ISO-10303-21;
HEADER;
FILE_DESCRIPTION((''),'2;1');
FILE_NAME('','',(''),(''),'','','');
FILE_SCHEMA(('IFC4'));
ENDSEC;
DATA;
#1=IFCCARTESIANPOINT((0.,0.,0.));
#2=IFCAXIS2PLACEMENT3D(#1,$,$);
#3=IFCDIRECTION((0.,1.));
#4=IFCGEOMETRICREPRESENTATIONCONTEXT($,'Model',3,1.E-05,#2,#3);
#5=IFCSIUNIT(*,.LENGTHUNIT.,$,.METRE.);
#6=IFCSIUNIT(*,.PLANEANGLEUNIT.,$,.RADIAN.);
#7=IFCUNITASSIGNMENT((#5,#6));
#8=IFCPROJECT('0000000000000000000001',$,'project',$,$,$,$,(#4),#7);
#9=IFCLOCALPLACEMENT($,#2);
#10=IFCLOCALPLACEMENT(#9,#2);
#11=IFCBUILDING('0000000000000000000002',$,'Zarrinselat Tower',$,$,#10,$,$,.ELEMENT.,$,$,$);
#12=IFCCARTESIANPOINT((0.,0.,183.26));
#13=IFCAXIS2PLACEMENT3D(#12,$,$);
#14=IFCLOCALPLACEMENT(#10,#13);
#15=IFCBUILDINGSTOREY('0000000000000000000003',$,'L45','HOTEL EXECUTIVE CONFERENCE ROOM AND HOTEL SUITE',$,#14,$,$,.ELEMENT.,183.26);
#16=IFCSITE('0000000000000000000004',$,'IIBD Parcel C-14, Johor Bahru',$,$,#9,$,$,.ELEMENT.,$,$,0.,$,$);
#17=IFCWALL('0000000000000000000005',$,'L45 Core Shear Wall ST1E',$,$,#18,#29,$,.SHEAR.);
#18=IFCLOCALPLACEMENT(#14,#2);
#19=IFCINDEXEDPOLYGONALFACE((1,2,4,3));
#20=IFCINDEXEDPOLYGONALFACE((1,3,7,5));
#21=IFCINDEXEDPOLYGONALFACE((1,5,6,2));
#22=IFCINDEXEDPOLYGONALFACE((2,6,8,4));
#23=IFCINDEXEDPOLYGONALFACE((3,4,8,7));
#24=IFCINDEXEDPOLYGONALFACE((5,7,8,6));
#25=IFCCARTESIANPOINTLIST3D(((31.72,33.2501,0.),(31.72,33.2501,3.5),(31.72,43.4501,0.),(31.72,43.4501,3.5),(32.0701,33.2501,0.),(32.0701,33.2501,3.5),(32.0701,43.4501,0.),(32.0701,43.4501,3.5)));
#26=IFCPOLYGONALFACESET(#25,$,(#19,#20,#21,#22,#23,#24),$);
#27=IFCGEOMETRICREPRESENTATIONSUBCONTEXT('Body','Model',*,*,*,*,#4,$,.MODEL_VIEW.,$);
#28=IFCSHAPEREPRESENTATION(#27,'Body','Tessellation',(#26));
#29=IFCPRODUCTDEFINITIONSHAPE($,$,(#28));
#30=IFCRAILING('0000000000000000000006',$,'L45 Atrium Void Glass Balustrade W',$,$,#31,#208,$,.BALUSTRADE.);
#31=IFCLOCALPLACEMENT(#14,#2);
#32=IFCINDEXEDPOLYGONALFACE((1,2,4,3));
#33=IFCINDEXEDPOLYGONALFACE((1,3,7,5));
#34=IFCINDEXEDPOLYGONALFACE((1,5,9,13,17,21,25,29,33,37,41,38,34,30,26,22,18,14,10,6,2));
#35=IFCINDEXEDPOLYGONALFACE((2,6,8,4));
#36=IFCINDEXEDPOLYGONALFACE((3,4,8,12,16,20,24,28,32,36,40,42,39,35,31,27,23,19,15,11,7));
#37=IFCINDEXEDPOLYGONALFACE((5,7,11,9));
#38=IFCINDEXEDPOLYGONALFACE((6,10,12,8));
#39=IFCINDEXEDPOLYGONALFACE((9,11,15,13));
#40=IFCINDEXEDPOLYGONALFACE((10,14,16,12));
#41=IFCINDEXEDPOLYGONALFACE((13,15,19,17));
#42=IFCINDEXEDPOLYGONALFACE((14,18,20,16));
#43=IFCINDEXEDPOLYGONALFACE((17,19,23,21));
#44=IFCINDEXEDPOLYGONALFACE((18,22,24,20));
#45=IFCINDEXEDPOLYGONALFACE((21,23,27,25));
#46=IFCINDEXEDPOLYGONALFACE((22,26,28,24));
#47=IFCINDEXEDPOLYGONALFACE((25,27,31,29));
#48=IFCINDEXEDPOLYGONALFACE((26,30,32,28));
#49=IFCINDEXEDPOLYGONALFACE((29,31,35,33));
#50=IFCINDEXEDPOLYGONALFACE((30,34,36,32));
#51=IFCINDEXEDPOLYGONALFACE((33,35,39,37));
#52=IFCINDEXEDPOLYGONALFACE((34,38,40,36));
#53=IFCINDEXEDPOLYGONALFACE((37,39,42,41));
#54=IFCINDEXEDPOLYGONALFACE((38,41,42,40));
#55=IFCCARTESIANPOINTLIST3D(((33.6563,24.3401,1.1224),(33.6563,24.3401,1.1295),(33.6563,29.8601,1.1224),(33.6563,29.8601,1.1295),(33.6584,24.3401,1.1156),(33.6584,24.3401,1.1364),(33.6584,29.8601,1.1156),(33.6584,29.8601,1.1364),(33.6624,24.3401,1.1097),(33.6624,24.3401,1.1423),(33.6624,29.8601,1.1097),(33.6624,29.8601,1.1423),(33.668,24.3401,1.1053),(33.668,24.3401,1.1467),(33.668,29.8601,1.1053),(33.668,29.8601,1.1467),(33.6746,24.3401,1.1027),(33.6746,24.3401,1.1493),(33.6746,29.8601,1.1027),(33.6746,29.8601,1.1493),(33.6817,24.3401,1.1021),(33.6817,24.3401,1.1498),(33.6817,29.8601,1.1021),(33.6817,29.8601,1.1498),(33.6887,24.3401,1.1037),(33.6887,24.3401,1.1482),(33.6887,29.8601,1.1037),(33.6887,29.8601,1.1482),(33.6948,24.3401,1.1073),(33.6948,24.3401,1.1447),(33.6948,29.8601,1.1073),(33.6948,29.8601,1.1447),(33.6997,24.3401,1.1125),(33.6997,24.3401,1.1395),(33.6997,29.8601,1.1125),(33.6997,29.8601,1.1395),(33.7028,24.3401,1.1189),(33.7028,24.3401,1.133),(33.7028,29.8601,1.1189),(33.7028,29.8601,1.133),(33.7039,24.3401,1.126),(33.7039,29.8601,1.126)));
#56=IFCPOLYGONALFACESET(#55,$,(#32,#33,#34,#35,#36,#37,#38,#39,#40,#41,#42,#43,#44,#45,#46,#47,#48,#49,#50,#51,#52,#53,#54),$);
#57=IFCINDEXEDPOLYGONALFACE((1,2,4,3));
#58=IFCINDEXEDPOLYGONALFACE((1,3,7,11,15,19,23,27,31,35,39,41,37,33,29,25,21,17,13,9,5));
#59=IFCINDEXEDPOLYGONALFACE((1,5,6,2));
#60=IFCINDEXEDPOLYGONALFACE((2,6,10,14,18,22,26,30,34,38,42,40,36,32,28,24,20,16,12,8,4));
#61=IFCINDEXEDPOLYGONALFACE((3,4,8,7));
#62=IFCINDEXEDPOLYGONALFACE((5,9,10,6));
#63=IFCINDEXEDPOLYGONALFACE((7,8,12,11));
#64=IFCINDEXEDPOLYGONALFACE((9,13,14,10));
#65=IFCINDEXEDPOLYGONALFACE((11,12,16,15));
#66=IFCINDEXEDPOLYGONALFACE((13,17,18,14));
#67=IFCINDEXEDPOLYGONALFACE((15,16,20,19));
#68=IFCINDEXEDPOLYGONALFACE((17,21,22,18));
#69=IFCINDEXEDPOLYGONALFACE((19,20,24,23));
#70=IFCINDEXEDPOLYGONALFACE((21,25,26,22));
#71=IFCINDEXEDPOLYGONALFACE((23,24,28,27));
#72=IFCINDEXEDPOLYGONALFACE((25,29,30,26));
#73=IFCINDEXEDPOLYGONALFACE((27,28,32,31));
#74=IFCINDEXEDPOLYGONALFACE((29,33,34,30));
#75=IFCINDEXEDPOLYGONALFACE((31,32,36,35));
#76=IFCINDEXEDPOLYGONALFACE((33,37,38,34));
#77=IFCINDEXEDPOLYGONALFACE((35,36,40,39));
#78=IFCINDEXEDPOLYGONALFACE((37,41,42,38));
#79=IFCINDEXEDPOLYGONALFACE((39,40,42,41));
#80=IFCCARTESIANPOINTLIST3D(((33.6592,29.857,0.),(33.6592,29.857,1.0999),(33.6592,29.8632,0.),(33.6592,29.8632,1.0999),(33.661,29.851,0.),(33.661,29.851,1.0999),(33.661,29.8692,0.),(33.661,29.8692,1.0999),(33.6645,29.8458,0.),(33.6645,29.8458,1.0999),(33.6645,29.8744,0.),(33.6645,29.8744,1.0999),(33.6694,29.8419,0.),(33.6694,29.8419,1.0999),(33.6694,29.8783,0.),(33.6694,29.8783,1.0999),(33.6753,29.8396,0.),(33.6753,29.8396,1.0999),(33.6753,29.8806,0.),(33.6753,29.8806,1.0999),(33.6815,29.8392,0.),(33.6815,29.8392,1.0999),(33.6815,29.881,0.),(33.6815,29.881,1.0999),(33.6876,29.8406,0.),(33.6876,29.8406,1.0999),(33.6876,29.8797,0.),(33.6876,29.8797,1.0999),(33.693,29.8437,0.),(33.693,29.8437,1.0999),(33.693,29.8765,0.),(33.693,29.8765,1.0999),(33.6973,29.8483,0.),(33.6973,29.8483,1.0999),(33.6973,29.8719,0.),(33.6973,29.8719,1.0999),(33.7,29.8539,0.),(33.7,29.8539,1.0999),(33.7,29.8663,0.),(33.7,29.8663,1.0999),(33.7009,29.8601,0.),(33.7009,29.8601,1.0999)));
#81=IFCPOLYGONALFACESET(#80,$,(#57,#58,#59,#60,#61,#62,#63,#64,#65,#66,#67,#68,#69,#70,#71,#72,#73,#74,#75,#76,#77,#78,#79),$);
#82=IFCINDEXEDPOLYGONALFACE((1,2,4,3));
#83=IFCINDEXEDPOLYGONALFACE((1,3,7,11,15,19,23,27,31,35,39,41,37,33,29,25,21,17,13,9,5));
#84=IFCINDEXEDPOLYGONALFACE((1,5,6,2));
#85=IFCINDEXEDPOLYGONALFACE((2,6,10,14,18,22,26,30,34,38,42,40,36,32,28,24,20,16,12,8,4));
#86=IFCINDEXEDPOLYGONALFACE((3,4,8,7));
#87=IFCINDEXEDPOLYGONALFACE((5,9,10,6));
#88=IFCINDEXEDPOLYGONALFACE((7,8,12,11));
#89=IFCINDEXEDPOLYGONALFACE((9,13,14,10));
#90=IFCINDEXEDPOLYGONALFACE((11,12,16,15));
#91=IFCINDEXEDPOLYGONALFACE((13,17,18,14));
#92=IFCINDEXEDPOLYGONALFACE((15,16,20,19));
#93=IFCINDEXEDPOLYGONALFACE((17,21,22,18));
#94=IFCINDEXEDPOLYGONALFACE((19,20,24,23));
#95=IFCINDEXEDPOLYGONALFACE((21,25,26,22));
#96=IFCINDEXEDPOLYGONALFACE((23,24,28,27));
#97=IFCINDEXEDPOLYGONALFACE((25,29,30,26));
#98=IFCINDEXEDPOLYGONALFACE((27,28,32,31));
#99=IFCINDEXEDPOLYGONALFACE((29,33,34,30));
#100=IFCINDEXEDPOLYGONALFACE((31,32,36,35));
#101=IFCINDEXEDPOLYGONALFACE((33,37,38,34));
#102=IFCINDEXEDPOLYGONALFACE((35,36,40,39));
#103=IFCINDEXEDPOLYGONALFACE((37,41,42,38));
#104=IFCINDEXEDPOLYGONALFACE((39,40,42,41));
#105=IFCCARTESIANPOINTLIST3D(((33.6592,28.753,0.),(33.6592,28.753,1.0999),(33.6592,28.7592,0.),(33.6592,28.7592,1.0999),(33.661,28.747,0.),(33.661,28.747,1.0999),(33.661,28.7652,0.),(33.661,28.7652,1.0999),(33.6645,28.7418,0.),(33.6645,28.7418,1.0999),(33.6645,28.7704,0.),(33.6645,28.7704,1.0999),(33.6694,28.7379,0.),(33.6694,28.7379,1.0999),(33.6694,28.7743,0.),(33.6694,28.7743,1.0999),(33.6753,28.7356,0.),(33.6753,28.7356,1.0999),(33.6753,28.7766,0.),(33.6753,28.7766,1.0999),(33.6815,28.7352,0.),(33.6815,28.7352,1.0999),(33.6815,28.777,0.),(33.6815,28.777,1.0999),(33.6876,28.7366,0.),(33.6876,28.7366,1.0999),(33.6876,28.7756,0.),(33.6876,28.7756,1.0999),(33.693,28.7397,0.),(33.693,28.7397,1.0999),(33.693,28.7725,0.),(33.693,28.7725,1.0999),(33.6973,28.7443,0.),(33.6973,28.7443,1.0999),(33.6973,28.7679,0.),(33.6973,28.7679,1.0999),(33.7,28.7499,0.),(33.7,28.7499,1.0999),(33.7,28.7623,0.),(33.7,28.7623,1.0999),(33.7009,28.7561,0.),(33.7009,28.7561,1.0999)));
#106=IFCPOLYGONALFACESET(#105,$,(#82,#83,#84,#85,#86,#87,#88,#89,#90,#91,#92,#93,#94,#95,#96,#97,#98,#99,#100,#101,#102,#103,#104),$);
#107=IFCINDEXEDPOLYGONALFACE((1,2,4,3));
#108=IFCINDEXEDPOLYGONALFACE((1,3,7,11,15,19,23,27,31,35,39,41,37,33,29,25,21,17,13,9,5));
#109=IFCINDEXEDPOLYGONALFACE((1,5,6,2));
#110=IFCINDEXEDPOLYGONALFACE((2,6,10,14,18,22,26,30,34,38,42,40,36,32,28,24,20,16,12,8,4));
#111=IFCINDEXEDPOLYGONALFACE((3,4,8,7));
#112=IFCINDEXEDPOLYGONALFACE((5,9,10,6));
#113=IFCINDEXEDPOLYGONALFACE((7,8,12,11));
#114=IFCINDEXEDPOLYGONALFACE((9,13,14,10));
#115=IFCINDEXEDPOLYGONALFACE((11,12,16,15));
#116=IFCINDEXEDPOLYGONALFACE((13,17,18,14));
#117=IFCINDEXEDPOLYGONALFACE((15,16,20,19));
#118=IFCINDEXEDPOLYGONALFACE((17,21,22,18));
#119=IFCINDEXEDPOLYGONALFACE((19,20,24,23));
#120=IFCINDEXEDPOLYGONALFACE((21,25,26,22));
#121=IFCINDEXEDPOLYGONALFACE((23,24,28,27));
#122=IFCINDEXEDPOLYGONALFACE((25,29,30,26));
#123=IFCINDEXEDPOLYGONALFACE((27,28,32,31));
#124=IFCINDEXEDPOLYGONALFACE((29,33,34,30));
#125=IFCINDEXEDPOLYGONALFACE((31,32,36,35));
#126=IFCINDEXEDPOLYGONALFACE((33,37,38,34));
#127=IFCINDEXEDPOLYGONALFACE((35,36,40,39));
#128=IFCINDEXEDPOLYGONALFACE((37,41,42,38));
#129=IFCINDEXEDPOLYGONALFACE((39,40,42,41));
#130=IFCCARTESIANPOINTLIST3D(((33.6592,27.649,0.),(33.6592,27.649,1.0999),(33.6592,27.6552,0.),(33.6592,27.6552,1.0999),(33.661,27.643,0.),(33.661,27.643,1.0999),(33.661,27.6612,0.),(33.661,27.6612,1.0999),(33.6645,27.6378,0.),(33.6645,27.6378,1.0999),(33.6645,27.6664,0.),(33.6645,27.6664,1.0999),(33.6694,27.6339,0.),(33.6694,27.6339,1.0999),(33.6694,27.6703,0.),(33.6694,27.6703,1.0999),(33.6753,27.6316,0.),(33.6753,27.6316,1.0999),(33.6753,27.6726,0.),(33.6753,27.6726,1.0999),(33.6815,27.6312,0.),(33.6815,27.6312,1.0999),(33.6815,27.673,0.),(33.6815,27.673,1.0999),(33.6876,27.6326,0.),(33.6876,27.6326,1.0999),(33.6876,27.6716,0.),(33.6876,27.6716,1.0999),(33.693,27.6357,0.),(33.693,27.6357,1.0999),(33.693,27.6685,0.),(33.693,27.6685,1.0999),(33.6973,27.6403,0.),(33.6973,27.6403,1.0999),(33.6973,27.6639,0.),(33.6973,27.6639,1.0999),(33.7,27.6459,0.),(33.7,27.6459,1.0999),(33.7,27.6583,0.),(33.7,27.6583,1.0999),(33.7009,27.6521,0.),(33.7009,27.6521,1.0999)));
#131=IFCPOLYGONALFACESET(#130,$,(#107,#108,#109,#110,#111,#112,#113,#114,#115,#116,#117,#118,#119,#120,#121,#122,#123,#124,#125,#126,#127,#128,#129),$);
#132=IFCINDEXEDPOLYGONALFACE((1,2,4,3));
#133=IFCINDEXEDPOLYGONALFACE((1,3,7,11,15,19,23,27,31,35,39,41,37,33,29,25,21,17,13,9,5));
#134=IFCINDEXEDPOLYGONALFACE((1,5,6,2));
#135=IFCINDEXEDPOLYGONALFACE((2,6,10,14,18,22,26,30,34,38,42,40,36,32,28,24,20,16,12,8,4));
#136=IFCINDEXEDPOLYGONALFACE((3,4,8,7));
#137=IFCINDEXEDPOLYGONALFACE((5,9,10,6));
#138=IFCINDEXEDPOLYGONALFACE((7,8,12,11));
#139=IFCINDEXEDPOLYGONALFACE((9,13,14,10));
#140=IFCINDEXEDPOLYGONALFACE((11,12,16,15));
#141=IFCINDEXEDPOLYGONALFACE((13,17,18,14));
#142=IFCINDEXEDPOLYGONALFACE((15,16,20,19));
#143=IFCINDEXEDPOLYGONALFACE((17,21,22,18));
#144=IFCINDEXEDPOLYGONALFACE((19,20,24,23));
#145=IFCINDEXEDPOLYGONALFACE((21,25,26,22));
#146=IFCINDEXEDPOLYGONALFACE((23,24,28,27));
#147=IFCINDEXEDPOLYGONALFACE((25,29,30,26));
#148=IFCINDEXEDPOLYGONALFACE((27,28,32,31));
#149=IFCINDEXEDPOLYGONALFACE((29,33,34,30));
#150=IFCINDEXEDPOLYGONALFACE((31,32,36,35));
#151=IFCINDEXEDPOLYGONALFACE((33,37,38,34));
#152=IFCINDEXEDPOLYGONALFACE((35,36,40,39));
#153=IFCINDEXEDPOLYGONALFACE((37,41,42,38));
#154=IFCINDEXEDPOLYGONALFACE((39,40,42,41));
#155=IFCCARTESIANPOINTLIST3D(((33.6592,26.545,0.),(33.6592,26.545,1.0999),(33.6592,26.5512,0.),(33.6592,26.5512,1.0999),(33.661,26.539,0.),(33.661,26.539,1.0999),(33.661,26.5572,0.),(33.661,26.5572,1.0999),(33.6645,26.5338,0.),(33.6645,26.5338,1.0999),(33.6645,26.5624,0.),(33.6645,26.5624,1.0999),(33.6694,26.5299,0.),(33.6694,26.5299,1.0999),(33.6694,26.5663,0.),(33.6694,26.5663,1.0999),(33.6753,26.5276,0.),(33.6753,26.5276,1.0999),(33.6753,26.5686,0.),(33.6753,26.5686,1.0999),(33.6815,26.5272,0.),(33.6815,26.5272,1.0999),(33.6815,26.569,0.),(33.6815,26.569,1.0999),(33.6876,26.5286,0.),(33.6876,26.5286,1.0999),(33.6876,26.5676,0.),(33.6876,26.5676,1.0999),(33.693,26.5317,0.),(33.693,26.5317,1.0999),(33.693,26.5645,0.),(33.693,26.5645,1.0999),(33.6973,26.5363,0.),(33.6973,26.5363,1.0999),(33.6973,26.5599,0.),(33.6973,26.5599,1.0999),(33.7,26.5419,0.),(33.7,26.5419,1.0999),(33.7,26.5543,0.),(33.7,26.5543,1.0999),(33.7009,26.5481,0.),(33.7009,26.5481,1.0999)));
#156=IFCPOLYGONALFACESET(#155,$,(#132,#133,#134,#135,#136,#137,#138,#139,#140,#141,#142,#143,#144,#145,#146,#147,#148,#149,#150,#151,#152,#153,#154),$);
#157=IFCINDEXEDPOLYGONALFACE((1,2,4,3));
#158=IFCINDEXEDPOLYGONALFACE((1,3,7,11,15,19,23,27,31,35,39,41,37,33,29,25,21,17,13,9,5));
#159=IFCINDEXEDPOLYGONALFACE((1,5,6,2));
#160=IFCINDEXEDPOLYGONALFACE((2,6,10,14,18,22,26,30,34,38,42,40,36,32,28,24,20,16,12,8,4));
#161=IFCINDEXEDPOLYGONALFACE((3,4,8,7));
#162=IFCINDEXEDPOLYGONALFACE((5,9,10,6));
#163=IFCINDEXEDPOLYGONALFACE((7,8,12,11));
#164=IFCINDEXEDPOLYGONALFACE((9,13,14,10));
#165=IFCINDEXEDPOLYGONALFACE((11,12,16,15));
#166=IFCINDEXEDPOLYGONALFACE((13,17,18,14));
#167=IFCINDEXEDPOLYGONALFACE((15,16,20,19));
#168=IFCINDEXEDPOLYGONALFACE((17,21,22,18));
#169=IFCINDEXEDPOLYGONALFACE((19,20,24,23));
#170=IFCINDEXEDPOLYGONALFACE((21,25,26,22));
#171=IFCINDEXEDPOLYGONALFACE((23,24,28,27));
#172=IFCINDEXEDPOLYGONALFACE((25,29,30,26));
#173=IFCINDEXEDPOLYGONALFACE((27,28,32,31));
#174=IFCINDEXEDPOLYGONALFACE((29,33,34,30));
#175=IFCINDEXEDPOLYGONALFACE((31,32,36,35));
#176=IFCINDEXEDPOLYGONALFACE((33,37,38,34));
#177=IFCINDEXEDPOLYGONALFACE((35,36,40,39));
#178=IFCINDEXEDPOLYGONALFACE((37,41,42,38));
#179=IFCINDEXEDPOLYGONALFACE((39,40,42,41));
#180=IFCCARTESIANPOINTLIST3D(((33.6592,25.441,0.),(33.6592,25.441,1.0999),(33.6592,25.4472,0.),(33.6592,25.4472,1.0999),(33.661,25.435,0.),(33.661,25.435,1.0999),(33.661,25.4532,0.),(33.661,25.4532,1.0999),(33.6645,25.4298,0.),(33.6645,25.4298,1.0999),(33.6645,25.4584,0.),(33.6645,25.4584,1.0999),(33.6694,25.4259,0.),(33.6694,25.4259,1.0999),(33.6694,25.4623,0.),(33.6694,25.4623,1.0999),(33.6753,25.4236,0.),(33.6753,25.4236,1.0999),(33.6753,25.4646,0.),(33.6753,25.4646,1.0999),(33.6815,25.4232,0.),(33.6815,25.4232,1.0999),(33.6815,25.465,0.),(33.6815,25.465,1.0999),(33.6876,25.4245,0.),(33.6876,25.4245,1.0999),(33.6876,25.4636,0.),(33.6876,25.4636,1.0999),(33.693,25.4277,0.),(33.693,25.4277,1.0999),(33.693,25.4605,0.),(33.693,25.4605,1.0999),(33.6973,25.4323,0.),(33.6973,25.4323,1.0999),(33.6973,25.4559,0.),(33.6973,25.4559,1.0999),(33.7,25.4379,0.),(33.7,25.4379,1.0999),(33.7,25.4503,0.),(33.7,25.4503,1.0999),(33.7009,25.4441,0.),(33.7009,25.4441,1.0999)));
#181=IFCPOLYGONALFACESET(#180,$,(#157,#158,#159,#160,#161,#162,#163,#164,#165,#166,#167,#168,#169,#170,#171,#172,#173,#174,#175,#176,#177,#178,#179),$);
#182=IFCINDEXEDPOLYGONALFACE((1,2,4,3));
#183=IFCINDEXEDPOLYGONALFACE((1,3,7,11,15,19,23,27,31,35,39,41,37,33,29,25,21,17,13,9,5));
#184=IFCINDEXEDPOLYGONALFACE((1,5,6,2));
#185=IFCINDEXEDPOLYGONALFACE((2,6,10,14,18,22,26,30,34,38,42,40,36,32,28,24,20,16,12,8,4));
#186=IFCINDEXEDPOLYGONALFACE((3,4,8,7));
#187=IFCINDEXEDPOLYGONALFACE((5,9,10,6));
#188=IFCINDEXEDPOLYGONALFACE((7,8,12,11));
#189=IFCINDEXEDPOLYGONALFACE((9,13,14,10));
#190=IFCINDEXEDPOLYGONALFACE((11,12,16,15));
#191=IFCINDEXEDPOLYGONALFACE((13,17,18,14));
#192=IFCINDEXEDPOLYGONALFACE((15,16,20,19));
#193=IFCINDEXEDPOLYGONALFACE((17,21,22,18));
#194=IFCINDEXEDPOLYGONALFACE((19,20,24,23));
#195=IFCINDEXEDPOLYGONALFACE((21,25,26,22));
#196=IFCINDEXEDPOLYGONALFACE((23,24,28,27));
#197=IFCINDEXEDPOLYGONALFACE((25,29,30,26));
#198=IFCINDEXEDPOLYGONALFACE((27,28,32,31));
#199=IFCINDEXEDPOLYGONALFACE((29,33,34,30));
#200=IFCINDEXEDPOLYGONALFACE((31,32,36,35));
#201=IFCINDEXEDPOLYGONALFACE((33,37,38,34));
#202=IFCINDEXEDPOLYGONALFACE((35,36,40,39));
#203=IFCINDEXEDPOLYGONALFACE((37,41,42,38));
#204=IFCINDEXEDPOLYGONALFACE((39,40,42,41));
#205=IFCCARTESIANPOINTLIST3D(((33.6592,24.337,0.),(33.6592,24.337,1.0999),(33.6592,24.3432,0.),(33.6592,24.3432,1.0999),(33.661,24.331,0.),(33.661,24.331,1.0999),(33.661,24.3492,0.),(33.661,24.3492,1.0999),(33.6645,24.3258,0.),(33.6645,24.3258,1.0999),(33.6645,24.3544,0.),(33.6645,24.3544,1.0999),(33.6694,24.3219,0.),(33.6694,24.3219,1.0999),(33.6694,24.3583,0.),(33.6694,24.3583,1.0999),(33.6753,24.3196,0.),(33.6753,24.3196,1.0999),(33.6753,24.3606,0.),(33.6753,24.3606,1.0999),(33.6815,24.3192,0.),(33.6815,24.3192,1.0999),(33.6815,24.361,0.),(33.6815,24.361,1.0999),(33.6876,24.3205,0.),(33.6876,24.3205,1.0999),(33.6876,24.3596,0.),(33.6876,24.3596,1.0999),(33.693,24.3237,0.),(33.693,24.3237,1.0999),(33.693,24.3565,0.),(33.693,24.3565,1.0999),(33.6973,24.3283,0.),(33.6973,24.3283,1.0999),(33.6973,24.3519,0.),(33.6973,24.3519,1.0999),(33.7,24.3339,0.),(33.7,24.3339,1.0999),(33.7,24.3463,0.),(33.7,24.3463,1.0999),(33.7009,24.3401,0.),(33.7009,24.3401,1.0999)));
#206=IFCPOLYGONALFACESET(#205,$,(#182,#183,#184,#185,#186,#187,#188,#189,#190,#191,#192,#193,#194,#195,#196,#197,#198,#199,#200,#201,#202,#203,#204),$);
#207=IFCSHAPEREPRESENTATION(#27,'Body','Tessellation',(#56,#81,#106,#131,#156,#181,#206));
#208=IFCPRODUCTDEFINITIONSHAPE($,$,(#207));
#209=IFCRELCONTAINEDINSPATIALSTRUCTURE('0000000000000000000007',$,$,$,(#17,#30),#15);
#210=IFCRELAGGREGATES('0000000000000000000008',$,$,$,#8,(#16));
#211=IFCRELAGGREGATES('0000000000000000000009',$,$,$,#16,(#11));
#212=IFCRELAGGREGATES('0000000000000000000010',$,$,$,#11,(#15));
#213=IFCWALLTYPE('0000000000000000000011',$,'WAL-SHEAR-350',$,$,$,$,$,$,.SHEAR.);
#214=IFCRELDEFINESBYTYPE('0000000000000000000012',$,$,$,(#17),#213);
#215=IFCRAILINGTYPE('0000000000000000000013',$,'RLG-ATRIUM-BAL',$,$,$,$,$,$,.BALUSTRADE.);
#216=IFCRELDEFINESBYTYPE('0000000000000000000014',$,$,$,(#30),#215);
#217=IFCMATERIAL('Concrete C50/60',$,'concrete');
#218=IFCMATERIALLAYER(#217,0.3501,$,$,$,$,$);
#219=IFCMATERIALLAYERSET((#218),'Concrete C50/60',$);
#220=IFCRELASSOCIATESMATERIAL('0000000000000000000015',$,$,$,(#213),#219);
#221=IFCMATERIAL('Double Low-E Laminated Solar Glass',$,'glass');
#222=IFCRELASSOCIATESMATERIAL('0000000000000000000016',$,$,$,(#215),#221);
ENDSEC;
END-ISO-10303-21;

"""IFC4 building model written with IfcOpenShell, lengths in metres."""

from ifc_helpers import new_model, si_unit, direction, frame, frame_2d, origin, origin_2d, place, context, subcontext, project, spatial, rectangle, circle, extrude, material, layer, layer_set, type_object, element, save


model = new_model("IFC4")

# Units and contexts
model_context = context("Model", 3, precision=1e-05, world=origin(), true_north=direction((0.0, 1.0)))
body_context = subcontext(model_context, "Body", "Model", "MODEL_VIEW")
ifc_project = project(units=[si_unit("LENGTHUNIT", "METRE"), si_unit("PLANEANGLEUNIT", "RADIAN")], contexts=[model_context])

# Site, building, storey
site_placement = place(None, origin())
site = spatial("IfcSite", under=ifc_project, at=site_placement, Name="IIBD Parcel C-14, Johor Bahru", CompositionType="ELEMENT", RefElevation=0.0)
building_placement = place(site_placement, origin())
building = spatial("IfcBuilding", under=site, at=building_placement, Name="Zarrinselat Tower", CompositionType="ELEMENT")
storey_placement = place(building_placement, frame((0.0, 0.0, 183.26)))
storey = spatial("IfcBuildingStorey", under=building, at=storey_placement, Name="L45", Description="HOTEL EXECUTIVE CONFERENCE ROOM AND HOTEL SUITE", CompositionType="ELEMENT", Elevation=183.26)

# Wall
ifc_material_1 = material(Name="Concrete C50/60", Category="concrete")
ifc_layer_1 = layer(ifc_material_1, 0.3501)
ifc_layer_set_1 = layer_set([ifc_layer_1], Name="Concrete C50/60")
wall_type_1 = type_object("IfcWallType", Name="WAL-SHEAR-350", PredefinedType="SHEAR", material=ifc_layer_set_1)
wall_1_placement = place(storey_placement, frame((31.895, 33.25, 0.0), z_axis=(0.0, 0.0, 1.0), x_axis=(0.0, 1.0, 0.0)))
element("IfcWall", 1, at=wall_1_placement, inside=storey, type_object=wall_type_1, Name="L45 Core Shear Wall ST1E", PredefinedType="SHEAR", context=body_context, shape_type="SweptSolid", body=[
    extrude(rectangle(XDim=10.2, YDim=0.3501, at=frame_2d((5.1001, 0.0))), origin(), (0.0, 0.0, 1.0), 3.5),
])

# Railing
ifc_material_2 = material(Name="Double Low-E Laminated Solar Glass", Category="glass")
railing_type = type_object("IfcRailingType", Name="RLG-ATRIUM-BAL", PredefinedType="BALUSTRADE", material=ifc_material_2)
railing_placement = place(storey_placement, frame((33.6799, 29.8601, 0.0)))
element("IfcRailing", 2, at=railing_placement, inside=storey, type_object=railing_type, Name="L45 Atrium Void Glass Balustrade W", PredefinedType="BALUSTRADE", context=body_context, shape_type="SweptSolid", body=[
    extrude(circle(Radius=0.0239, at=origin_2d()), frame((0.0, 0.0, 1.126), z_axis=(0.0, -1.0, 0.0), x_axis=(1.0, 0.0, 0.0)), (0.0, 0.0, 1.0), 5.52),
    extrude(circle(Radius=0.021, at=origin_2d()), origin(), (0.0, 0.0, 1.0), 1.0999),
    extrude(circle(Radius=0.021, at=origin_2d()), frame((0.0, -1.104, 0.0)), (0.0, 0.0, 1.0), 1.0999),
    extrude(circle(Radius=0.021, at=origin_2d()), frame((0.0, -2.208, 0.0)), (0.0, 0.0, 1.0), 1.0999),
    extrude(circle(Radius=0.021, at=origin_2d()), frame((0.0, -3.312, 0.0)), (0.0, 0.0, 1.0), 1.0999),
    extrude(circle(Radius=0.021, at=origin_2d()), frame((0.0, -4.416, 0.0)), (0.0, 0.0, 1.0), 1.0999),
    extrude(circle(Radius=0.021, at=origin_2d()), frame((0.0, -5.52, 0.0)), (0.0, 0.0, 1.0), 1.0999),
])

save(model, "model.ifc")
